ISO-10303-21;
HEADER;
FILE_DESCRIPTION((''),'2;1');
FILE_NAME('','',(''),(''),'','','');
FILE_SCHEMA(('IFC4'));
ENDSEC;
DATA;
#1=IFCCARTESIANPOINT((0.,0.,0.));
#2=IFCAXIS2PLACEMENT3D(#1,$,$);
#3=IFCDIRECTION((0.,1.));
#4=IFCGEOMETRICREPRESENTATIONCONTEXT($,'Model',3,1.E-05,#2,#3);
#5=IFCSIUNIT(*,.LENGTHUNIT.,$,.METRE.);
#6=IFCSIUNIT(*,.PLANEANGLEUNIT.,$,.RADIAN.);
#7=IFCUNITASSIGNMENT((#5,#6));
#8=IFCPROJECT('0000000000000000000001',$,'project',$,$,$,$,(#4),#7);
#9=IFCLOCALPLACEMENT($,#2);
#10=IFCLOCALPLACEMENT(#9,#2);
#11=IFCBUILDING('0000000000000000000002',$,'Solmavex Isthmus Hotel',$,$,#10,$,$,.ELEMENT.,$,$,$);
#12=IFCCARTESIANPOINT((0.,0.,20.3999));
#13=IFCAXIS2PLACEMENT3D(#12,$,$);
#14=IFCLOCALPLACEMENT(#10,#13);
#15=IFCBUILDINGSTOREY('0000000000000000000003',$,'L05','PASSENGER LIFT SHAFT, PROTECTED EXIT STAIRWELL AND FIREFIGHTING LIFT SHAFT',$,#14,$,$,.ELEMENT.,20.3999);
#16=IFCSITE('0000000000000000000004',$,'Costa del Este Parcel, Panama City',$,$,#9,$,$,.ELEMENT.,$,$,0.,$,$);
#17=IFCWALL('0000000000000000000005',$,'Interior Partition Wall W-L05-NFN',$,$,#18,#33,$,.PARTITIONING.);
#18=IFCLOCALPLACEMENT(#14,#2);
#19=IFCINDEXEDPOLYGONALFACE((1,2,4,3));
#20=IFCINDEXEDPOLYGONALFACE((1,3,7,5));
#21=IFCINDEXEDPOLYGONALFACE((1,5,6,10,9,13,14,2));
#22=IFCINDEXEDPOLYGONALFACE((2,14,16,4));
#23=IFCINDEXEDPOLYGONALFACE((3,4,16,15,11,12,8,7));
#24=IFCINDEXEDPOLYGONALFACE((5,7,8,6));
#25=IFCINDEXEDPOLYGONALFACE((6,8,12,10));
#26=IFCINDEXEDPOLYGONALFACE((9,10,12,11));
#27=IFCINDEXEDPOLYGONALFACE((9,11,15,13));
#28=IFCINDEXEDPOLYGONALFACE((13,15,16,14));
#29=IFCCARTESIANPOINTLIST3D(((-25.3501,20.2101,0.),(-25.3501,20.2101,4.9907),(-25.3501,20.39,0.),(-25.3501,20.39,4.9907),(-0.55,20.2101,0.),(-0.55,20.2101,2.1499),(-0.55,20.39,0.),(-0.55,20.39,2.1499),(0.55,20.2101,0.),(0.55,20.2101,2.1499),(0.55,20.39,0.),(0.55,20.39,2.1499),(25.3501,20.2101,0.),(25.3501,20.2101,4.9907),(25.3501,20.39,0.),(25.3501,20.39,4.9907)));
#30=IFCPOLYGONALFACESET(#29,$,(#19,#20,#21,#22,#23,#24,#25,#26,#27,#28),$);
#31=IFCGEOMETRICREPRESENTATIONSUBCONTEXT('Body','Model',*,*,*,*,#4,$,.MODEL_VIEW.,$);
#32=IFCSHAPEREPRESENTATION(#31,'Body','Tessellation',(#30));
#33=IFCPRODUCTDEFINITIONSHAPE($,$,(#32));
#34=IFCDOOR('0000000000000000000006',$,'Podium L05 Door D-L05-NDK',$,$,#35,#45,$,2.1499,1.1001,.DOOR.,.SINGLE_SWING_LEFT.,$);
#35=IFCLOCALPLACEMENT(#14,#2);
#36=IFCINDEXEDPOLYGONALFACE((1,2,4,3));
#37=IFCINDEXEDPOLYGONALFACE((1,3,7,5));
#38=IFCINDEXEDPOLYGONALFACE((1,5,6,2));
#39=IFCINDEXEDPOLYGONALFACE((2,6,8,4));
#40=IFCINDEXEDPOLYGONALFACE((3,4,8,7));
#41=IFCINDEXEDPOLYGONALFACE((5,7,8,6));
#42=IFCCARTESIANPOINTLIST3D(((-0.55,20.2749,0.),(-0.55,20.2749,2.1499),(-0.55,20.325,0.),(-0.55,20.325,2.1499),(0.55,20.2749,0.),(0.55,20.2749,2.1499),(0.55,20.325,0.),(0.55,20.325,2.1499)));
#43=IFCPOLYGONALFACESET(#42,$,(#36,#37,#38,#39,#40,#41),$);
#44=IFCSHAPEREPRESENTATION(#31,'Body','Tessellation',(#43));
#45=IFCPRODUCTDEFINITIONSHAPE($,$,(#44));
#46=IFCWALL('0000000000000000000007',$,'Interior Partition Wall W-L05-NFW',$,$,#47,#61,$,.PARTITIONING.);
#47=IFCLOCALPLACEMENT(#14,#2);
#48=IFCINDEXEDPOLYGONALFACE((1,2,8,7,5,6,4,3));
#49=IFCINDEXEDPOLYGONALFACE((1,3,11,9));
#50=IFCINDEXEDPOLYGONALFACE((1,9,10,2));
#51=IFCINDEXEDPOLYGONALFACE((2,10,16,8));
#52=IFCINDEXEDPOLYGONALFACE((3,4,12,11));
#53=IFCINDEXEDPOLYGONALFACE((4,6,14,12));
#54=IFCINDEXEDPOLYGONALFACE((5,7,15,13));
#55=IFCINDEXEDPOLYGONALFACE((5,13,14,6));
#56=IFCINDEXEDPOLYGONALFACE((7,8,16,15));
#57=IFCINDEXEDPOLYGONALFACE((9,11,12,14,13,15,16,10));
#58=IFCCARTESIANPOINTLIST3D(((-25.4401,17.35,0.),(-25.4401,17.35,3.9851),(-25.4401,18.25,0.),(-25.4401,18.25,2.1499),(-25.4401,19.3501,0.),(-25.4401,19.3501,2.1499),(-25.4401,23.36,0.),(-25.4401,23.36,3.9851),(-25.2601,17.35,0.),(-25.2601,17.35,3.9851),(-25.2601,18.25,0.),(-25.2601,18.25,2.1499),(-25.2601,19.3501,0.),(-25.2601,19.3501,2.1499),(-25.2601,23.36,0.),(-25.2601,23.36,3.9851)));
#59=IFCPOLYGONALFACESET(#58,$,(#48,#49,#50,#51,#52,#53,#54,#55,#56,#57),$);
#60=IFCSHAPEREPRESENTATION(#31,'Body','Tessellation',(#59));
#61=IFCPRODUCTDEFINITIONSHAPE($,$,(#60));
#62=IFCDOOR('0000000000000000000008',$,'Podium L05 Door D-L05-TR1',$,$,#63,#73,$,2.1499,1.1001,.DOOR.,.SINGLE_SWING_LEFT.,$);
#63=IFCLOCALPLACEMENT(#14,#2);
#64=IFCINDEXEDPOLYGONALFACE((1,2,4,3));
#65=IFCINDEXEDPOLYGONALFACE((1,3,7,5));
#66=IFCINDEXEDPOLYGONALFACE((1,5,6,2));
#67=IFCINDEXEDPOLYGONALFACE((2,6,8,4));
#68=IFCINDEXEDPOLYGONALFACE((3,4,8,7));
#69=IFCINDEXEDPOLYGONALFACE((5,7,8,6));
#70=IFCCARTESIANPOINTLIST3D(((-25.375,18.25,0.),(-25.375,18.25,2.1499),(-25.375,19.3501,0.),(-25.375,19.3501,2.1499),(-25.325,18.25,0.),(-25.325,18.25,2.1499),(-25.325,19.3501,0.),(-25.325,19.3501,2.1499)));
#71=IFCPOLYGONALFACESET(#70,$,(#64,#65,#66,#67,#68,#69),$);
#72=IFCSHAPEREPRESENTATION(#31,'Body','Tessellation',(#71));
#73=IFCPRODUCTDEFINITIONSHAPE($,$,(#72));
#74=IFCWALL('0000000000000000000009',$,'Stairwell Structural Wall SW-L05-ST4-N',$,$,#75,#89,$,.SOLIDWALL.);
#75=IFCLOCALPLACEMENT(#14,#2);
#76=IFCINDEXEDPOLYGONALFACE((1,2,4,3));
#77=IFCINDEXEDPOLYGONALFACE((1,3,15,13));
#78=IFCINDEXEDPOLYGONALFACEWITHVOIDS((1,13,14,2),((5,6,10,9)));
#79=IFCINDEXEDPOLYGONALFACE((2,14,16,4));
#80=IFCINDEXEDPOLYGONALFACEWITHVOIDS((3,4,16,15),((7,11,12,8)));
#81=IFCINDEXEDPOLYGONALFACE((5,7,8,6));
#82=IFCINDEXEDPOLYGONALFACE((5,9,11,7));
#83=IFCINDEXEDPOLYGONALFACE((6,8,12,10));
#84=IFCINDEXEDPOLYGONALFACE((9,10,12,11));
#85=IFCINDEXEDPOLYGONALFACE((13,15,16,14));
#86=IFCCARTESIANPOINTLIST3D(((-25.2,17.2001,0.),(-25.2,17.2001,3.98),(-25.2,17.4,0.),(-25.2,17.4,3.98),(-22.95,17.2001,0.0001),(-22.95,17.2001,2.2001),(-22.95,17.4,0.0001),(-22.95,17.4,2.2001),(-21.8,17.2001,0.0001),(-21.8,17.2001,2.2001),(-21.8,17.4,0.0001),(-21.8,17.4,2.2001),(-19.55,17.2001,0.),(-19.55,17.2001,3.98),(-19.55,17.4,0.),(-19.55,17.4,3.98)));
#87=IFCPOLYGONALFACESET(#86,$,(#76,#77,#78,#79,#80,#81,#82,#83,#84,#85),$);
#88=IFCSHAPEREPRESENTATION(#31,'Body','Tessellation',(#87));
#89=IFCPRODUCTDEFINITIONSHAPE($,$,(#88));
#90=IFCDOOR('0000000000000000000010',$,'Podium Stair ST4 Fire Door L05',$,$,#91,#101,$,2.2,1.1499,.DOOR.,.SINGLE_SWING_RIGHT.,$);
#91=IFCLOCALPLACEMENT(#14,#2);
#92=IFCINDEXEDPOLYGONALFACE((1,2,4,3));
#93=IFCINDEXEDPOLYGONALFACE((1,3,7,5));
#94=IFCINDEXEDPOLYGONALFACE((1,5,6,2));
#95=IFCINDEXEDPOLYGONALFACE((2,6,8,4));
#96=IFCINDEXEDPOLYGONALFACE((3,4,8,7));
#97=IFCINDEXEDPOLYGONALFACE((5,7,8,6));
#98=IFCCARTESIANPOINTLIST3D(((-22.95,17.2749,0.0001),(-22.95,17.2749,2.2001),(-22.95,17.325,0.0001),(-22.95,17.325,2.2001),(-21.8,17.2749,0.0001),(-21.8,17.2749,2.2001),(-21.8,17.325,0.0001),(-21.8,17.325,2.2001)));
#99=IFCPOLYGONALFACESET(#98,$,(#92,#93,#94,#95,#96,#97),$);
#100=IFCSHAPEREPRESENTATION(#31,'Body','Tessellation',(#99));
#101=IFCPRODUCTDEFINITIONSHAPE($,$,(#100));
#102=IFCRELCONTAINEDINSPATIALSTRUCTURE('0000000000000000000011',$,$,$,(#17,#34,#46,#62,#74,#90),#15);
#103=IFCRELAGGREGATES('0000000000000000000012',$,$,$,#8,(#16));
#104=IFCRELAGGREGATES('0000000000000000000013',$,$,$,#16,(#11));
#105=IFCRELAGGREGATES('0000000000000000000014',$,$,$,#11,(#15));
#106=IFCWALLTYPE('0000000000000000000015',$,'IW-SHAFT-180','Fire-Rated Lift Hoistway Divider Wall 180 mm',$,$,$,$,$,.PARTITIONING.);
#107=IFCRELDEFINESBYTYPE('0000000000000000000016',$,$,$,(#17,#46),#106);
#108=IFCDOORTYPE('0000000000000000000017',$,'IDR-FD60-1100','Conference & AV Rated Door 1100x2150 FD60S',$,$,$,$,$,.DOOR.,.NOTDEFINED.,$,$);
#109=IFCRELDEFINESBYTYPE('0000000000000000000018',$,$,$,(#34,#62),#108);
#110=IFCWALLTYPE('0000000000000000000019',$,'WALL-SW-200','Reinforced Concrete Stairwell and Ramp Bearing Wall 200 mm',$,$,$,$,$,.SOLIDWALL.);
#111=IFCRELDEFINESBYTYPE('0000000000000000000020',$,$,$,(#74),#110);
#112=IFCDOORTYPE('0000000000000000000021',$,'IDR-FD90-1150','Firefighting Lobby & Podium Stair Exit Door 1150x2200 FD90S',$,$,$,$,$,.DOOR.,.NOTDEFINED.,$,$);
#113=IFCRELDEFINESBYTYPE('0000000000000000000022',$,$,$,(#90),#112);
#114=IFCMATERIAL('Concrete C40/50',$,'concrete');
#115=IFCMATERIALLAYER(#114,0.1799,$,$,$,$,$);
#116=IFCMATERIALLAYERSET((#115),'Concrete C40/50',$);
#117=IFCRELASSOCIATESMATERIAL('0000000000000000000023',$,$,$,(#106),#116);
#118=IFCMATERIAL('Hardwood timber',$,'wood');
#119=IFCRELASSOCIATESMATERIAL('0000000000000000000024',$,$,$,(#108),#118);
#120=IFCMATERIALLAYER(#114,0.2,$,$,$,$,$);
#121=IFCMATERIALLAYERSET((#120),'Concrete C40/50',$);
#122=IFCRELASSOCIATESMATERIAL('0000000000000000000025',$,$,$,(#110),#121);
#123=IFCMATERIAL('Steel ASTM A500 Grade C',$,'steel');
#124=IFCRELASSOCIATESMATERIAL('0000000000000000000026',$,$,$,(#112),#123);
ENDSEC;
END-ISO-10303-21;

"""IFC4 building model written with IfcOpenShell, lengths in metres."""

from ifc_helpers import new_model, si_unit, direction, frame, frame_2d, origin, place, context, subcontext, project, spatial, rectangle, extrude, material, layer, layer_set, type_object, element, fill, save


model = new_model("IFC4")

# Units and contexts
model_context = context("Model", 3, precision=1e-05, world=origin(), true_north=direction((0.0, 1.0)))
body_context = subcontext(model_context, "Body", "Model", "MODEL_VIEW")
ifc_project = project(units=[si_unit("LENGTHUNIT", "METRE"), si_unit("PLANEANGLEUNIT", "RADIAN")], contexts=[model_context])

# Site, building, storey
site_placement = place(None, origin())
site = spatial("IfcSite", under=ifc_project, at=site_placement, Name="Costa del Este Parcel, Panama City", CompositionType="ELEMENT", RefElevation=0.0)
building_placement = place(site_placement, origin())
building = spatial("IfcBuilding", under=site, at=building_placement, Name="Solmavex Isthmus Hotel", CompositionType="ELEMENT")
storey_placement = place(building_placement, frame((0.0, 0.0, 20.3999)))
storey = spatial("IfcBuildingStorey", under=building, at=storey_placement, Name="L05", Description="PASSENGER LIFT SHAFT, PROTECTED EXIT STAIRWELL AND FIREFIGHTING LIFT SHAFT", CompositionType="ELEMENT", Elevation=20.3999)

# Shared definitions
ifc_material_1 = material(Name="Concrete C40/50", Category="concrete")
ifc_layer_1 = layer(ifc_material_1, 0.1799)
ifc_layer_set_1 = layer_set([ifc_layer_1], Name="Concrete C40/50")
wall_type_1 = type_object("IfcWallType", Name="IW-SHAFT-180", Description="Fire-Rated Lift Hoistway Divider Wall 180 mm", PredefinedType="PARTITIONING", material=ifc_layer_set_1)

# Walls, openings, doors
wall_1_placement = place(storey_placement, frame((-25.3501, 20.3, 0.0), z_axis=(0.0, 0.0, 1.0), x_axis=(1.0, 0.0, 0.0)))
wall_1 = element("IfcWall", 1, at=wall_1_placement, inside=storey, type_object=wall_type_1, Name="Interior Partition Wall W-L05-NFN", PredefinedType="PARTITIONING", context=body_context, shape_type="SweptSolid", body=[
    extrude(rectangle(XDim=50.7002, YDim=0.1799, at=frame_2d((25.3501, 0.0))), origin(), (0.0, 0.0, 1.0), 4.9907),
])
opening_1_placement = place(wall_1_placement, frame((24.8, 0.0, 0.0)))
opening_1 = element("IfcOpeningElement", 2, at=opening_1_placement, cuts=wall_1, PredefinedType="OPENING", context=body_context, shape_type="SweptSolid", body=[
    extrude(rectangle(XDim=1.1001, YDim=2.1499, at=frame_2d((0.55, 1.075))), frame((0.0, 0.0999, 0.0), z_axis=(0.0, -1.0, 0.0), x_axis=(1.0, 0.0, 0.0)), (0.0, 0.0, 1.0), 0.2),
])
ifc_material_2 = material(Name="Hardwood timber", Category="wood")
door_type_1 = type_object("IfcDoorType", Name="IDR-FD60-1100", Description="Conference & AV Rated Door 1100x2150 FD60S", OperationType="NOTDEFINED", PredefinedType="DOOR", material=ifc_material_2)
door_1_placement = place(opening_1_placement, origin())
door_1 = element("IfcDoor", 3, at=door_1_placement, inside=storey, type_object=door_type_1, Name="Podium L05 Door D-L05-NDK", OperationType="SINGLE_SWING_LEFT", OverallHeight=2.1499, OverallWidth=1.1001, PredefinedType="DOOR", context=body_context, shape_type="SweptSolid", body=[
    extrude(rectangle(XDim=1.1001, YDim=2.1499, at=frame_2d((0.55, 1.075))), frame((0.0, 0.0249, 0.0), z_axis=(0.0, -1.0, 0.0), x_axis=(1.0, 0.0, 0.0)), (0.0, 0.0, 1.0), 0.05),
])
fill(opening_1, door_1)
wall_2_placement = place(storey_placement, frame((-25.3501, 17.3501, 0.0), z_axis=(0.0, 0.0, 1.0), x_axis=(0.0, 1.0, 0.0)))
wall_2 = element("IfcWall", 4, at=wall_2_placement, inside=storey, type_object=wall_type_1, Name="Interior Partition Wall W-L05-NFW", PredefinedType="PARTITIONING", context=body_context, shape_type="SweptSolid", body=[
    extrude(rectangle(XDim=6.01, YDim=0.1799, at=frame_2d((3.0049, 0.0))), origin(), (0.0, 0.0, 1.0), 3.9851),
])
opening_2_placement = place(wall_2_placement, frame((0.8999, 0.0, 0.0)))
opening_2 = element("IfcOpeningElement", 5, at=opening_2_placement, cuts=wall_2, PredefinedType="OPENING", context=body_context, shape_type="SweptSolid", body=[
    extrude(rectangle(XDim=1.1001, YDim=2.1499, at=frame_2d((0.55, 1.075))), frame((0.0, 0.0999, 0.0), z_axis=(0.0, -1.0, 0.0), x_axis=(1.0, 0.0, 0.0)), (0.0, 0.0, 1.0), 0.2),
])
door_2_placement = place(opening_2_placement, origin())
door_2 = element("IfcDoor", 6, at=door_2_placement, inside=storey, type_object=door_type_1, Name="Podium L05 Door D-L05-TR1", OperationType="SINGLE_SWING_LEFT", OverallHeight=2.1499, OverallWidth=1.1001, PredefinedType="DOOR", context=body_context, shape_type="SweptSolid", body=[
    extrude(rectangle(XDim=1.1001, YDim=2.1499, at=frame_2d((0.55, 1.075))), frame((0.0, 0.0249, 0.0), z_axis=(0.0, -1.0, 0.0), x_axis=(1.0, 0.0, 0.0)), (0.0, 0.0, 1.0), 0.05),
])
fill(opening_2, door_2)
ifc_layer_2 = layer(ifc_material_1, 0.2)
ifc_layer_set_2 = layer_set([ifc_layer_2], Name="Concrete C40/50")
wall_type_2 = type_object("IfcWallType", Name="WALL-SW-200", Description="Reinforced Concrete Stairwell and Ramp Bearing Wall 200 mm", PredefinedType="SOLIDWALL", material=ifc_layer_set_2)
wall_3_placement = place(storey_placement, frame((-25.2, 17.3, 0.0), z_axis=(0.0, 0.0, 1.0), x_axis=(1.0, 0.0, 0.0)))
wall_3 = element("IfcWall", 7, at=wall_3_placement, inside=storey, type_object=wall_type_2, Name="Stairwell Structural Wall SW-L05-ST4-N", PredefinedType="SOLIDWALL", context=body_context, shape_type="SweptSolid", body=[
    extrude(rectangle(XDim=5.6499, YDim=0.2, at=frame_2d((2.825, 0.0))), origin(), (0.0, 0.0, 1.0), 3.98),
])
opening_3_placement = place(wall_3_placement, frame((2.25, 0.0, 0.0)))
opening_3 = element("IfcOpeningElement", 8, at=opening_3_placement, cuts=wall_3, PredefinedType="OPENING", context=body_context, shape_type="SweptSolid", body=[
    extrude(rectangle(XDim=1.1499, YDim=2.2, at=frame_2d((0.575, 1.1001))), frame((0.0, 0.1099, 0.0), z_axis=(0.0, -1.0, 0.0), x_axis=(1.0, 0.0, 0.0)), (0.0, 0.0, 1.0), 0.22),
])
ifc_material_3 = material(Name="Steel ASTM A500 Grade C", Category="steel")
door_type_2 = type_object("IfcDoorType", Name="IDR-FD90-1150", Description="Firefighting Lobby & Podium Stair Exit Door 1150x2200 FD90S", OperationType="NOTDEFINED", PredefinedType="DOOR", material=ifc_material_3)
door_3_placement = place(opening_3_placement, origin())
door_3 = element("IfcDoor", 9, at=door_3_placement, inside=storey, type_object=door_type_2, Name="Podium Stair ST4 Fire Door L05", OperationType="SINGLE_SWING_RIGHT", OverallHeight=2.2, OverallWidth=1.1499, PredefinedType="DOOR", context=body_context, shape_type="SweptSolid", body=[
    extrude(rectangle(XDim=1.1499, YDim=2.2, at=frame_2d((0.575, 1.1001))), frame((0.0, 0.0249, 0.0), z_axis=(0.0, -1.0, 0.0), x_axis=(1.0, 0.0, 0.0)), (0.0, 0.0, 1.0), 0.05),
])
fill(opening_3, door_3)

save(model, "model.ifc")
